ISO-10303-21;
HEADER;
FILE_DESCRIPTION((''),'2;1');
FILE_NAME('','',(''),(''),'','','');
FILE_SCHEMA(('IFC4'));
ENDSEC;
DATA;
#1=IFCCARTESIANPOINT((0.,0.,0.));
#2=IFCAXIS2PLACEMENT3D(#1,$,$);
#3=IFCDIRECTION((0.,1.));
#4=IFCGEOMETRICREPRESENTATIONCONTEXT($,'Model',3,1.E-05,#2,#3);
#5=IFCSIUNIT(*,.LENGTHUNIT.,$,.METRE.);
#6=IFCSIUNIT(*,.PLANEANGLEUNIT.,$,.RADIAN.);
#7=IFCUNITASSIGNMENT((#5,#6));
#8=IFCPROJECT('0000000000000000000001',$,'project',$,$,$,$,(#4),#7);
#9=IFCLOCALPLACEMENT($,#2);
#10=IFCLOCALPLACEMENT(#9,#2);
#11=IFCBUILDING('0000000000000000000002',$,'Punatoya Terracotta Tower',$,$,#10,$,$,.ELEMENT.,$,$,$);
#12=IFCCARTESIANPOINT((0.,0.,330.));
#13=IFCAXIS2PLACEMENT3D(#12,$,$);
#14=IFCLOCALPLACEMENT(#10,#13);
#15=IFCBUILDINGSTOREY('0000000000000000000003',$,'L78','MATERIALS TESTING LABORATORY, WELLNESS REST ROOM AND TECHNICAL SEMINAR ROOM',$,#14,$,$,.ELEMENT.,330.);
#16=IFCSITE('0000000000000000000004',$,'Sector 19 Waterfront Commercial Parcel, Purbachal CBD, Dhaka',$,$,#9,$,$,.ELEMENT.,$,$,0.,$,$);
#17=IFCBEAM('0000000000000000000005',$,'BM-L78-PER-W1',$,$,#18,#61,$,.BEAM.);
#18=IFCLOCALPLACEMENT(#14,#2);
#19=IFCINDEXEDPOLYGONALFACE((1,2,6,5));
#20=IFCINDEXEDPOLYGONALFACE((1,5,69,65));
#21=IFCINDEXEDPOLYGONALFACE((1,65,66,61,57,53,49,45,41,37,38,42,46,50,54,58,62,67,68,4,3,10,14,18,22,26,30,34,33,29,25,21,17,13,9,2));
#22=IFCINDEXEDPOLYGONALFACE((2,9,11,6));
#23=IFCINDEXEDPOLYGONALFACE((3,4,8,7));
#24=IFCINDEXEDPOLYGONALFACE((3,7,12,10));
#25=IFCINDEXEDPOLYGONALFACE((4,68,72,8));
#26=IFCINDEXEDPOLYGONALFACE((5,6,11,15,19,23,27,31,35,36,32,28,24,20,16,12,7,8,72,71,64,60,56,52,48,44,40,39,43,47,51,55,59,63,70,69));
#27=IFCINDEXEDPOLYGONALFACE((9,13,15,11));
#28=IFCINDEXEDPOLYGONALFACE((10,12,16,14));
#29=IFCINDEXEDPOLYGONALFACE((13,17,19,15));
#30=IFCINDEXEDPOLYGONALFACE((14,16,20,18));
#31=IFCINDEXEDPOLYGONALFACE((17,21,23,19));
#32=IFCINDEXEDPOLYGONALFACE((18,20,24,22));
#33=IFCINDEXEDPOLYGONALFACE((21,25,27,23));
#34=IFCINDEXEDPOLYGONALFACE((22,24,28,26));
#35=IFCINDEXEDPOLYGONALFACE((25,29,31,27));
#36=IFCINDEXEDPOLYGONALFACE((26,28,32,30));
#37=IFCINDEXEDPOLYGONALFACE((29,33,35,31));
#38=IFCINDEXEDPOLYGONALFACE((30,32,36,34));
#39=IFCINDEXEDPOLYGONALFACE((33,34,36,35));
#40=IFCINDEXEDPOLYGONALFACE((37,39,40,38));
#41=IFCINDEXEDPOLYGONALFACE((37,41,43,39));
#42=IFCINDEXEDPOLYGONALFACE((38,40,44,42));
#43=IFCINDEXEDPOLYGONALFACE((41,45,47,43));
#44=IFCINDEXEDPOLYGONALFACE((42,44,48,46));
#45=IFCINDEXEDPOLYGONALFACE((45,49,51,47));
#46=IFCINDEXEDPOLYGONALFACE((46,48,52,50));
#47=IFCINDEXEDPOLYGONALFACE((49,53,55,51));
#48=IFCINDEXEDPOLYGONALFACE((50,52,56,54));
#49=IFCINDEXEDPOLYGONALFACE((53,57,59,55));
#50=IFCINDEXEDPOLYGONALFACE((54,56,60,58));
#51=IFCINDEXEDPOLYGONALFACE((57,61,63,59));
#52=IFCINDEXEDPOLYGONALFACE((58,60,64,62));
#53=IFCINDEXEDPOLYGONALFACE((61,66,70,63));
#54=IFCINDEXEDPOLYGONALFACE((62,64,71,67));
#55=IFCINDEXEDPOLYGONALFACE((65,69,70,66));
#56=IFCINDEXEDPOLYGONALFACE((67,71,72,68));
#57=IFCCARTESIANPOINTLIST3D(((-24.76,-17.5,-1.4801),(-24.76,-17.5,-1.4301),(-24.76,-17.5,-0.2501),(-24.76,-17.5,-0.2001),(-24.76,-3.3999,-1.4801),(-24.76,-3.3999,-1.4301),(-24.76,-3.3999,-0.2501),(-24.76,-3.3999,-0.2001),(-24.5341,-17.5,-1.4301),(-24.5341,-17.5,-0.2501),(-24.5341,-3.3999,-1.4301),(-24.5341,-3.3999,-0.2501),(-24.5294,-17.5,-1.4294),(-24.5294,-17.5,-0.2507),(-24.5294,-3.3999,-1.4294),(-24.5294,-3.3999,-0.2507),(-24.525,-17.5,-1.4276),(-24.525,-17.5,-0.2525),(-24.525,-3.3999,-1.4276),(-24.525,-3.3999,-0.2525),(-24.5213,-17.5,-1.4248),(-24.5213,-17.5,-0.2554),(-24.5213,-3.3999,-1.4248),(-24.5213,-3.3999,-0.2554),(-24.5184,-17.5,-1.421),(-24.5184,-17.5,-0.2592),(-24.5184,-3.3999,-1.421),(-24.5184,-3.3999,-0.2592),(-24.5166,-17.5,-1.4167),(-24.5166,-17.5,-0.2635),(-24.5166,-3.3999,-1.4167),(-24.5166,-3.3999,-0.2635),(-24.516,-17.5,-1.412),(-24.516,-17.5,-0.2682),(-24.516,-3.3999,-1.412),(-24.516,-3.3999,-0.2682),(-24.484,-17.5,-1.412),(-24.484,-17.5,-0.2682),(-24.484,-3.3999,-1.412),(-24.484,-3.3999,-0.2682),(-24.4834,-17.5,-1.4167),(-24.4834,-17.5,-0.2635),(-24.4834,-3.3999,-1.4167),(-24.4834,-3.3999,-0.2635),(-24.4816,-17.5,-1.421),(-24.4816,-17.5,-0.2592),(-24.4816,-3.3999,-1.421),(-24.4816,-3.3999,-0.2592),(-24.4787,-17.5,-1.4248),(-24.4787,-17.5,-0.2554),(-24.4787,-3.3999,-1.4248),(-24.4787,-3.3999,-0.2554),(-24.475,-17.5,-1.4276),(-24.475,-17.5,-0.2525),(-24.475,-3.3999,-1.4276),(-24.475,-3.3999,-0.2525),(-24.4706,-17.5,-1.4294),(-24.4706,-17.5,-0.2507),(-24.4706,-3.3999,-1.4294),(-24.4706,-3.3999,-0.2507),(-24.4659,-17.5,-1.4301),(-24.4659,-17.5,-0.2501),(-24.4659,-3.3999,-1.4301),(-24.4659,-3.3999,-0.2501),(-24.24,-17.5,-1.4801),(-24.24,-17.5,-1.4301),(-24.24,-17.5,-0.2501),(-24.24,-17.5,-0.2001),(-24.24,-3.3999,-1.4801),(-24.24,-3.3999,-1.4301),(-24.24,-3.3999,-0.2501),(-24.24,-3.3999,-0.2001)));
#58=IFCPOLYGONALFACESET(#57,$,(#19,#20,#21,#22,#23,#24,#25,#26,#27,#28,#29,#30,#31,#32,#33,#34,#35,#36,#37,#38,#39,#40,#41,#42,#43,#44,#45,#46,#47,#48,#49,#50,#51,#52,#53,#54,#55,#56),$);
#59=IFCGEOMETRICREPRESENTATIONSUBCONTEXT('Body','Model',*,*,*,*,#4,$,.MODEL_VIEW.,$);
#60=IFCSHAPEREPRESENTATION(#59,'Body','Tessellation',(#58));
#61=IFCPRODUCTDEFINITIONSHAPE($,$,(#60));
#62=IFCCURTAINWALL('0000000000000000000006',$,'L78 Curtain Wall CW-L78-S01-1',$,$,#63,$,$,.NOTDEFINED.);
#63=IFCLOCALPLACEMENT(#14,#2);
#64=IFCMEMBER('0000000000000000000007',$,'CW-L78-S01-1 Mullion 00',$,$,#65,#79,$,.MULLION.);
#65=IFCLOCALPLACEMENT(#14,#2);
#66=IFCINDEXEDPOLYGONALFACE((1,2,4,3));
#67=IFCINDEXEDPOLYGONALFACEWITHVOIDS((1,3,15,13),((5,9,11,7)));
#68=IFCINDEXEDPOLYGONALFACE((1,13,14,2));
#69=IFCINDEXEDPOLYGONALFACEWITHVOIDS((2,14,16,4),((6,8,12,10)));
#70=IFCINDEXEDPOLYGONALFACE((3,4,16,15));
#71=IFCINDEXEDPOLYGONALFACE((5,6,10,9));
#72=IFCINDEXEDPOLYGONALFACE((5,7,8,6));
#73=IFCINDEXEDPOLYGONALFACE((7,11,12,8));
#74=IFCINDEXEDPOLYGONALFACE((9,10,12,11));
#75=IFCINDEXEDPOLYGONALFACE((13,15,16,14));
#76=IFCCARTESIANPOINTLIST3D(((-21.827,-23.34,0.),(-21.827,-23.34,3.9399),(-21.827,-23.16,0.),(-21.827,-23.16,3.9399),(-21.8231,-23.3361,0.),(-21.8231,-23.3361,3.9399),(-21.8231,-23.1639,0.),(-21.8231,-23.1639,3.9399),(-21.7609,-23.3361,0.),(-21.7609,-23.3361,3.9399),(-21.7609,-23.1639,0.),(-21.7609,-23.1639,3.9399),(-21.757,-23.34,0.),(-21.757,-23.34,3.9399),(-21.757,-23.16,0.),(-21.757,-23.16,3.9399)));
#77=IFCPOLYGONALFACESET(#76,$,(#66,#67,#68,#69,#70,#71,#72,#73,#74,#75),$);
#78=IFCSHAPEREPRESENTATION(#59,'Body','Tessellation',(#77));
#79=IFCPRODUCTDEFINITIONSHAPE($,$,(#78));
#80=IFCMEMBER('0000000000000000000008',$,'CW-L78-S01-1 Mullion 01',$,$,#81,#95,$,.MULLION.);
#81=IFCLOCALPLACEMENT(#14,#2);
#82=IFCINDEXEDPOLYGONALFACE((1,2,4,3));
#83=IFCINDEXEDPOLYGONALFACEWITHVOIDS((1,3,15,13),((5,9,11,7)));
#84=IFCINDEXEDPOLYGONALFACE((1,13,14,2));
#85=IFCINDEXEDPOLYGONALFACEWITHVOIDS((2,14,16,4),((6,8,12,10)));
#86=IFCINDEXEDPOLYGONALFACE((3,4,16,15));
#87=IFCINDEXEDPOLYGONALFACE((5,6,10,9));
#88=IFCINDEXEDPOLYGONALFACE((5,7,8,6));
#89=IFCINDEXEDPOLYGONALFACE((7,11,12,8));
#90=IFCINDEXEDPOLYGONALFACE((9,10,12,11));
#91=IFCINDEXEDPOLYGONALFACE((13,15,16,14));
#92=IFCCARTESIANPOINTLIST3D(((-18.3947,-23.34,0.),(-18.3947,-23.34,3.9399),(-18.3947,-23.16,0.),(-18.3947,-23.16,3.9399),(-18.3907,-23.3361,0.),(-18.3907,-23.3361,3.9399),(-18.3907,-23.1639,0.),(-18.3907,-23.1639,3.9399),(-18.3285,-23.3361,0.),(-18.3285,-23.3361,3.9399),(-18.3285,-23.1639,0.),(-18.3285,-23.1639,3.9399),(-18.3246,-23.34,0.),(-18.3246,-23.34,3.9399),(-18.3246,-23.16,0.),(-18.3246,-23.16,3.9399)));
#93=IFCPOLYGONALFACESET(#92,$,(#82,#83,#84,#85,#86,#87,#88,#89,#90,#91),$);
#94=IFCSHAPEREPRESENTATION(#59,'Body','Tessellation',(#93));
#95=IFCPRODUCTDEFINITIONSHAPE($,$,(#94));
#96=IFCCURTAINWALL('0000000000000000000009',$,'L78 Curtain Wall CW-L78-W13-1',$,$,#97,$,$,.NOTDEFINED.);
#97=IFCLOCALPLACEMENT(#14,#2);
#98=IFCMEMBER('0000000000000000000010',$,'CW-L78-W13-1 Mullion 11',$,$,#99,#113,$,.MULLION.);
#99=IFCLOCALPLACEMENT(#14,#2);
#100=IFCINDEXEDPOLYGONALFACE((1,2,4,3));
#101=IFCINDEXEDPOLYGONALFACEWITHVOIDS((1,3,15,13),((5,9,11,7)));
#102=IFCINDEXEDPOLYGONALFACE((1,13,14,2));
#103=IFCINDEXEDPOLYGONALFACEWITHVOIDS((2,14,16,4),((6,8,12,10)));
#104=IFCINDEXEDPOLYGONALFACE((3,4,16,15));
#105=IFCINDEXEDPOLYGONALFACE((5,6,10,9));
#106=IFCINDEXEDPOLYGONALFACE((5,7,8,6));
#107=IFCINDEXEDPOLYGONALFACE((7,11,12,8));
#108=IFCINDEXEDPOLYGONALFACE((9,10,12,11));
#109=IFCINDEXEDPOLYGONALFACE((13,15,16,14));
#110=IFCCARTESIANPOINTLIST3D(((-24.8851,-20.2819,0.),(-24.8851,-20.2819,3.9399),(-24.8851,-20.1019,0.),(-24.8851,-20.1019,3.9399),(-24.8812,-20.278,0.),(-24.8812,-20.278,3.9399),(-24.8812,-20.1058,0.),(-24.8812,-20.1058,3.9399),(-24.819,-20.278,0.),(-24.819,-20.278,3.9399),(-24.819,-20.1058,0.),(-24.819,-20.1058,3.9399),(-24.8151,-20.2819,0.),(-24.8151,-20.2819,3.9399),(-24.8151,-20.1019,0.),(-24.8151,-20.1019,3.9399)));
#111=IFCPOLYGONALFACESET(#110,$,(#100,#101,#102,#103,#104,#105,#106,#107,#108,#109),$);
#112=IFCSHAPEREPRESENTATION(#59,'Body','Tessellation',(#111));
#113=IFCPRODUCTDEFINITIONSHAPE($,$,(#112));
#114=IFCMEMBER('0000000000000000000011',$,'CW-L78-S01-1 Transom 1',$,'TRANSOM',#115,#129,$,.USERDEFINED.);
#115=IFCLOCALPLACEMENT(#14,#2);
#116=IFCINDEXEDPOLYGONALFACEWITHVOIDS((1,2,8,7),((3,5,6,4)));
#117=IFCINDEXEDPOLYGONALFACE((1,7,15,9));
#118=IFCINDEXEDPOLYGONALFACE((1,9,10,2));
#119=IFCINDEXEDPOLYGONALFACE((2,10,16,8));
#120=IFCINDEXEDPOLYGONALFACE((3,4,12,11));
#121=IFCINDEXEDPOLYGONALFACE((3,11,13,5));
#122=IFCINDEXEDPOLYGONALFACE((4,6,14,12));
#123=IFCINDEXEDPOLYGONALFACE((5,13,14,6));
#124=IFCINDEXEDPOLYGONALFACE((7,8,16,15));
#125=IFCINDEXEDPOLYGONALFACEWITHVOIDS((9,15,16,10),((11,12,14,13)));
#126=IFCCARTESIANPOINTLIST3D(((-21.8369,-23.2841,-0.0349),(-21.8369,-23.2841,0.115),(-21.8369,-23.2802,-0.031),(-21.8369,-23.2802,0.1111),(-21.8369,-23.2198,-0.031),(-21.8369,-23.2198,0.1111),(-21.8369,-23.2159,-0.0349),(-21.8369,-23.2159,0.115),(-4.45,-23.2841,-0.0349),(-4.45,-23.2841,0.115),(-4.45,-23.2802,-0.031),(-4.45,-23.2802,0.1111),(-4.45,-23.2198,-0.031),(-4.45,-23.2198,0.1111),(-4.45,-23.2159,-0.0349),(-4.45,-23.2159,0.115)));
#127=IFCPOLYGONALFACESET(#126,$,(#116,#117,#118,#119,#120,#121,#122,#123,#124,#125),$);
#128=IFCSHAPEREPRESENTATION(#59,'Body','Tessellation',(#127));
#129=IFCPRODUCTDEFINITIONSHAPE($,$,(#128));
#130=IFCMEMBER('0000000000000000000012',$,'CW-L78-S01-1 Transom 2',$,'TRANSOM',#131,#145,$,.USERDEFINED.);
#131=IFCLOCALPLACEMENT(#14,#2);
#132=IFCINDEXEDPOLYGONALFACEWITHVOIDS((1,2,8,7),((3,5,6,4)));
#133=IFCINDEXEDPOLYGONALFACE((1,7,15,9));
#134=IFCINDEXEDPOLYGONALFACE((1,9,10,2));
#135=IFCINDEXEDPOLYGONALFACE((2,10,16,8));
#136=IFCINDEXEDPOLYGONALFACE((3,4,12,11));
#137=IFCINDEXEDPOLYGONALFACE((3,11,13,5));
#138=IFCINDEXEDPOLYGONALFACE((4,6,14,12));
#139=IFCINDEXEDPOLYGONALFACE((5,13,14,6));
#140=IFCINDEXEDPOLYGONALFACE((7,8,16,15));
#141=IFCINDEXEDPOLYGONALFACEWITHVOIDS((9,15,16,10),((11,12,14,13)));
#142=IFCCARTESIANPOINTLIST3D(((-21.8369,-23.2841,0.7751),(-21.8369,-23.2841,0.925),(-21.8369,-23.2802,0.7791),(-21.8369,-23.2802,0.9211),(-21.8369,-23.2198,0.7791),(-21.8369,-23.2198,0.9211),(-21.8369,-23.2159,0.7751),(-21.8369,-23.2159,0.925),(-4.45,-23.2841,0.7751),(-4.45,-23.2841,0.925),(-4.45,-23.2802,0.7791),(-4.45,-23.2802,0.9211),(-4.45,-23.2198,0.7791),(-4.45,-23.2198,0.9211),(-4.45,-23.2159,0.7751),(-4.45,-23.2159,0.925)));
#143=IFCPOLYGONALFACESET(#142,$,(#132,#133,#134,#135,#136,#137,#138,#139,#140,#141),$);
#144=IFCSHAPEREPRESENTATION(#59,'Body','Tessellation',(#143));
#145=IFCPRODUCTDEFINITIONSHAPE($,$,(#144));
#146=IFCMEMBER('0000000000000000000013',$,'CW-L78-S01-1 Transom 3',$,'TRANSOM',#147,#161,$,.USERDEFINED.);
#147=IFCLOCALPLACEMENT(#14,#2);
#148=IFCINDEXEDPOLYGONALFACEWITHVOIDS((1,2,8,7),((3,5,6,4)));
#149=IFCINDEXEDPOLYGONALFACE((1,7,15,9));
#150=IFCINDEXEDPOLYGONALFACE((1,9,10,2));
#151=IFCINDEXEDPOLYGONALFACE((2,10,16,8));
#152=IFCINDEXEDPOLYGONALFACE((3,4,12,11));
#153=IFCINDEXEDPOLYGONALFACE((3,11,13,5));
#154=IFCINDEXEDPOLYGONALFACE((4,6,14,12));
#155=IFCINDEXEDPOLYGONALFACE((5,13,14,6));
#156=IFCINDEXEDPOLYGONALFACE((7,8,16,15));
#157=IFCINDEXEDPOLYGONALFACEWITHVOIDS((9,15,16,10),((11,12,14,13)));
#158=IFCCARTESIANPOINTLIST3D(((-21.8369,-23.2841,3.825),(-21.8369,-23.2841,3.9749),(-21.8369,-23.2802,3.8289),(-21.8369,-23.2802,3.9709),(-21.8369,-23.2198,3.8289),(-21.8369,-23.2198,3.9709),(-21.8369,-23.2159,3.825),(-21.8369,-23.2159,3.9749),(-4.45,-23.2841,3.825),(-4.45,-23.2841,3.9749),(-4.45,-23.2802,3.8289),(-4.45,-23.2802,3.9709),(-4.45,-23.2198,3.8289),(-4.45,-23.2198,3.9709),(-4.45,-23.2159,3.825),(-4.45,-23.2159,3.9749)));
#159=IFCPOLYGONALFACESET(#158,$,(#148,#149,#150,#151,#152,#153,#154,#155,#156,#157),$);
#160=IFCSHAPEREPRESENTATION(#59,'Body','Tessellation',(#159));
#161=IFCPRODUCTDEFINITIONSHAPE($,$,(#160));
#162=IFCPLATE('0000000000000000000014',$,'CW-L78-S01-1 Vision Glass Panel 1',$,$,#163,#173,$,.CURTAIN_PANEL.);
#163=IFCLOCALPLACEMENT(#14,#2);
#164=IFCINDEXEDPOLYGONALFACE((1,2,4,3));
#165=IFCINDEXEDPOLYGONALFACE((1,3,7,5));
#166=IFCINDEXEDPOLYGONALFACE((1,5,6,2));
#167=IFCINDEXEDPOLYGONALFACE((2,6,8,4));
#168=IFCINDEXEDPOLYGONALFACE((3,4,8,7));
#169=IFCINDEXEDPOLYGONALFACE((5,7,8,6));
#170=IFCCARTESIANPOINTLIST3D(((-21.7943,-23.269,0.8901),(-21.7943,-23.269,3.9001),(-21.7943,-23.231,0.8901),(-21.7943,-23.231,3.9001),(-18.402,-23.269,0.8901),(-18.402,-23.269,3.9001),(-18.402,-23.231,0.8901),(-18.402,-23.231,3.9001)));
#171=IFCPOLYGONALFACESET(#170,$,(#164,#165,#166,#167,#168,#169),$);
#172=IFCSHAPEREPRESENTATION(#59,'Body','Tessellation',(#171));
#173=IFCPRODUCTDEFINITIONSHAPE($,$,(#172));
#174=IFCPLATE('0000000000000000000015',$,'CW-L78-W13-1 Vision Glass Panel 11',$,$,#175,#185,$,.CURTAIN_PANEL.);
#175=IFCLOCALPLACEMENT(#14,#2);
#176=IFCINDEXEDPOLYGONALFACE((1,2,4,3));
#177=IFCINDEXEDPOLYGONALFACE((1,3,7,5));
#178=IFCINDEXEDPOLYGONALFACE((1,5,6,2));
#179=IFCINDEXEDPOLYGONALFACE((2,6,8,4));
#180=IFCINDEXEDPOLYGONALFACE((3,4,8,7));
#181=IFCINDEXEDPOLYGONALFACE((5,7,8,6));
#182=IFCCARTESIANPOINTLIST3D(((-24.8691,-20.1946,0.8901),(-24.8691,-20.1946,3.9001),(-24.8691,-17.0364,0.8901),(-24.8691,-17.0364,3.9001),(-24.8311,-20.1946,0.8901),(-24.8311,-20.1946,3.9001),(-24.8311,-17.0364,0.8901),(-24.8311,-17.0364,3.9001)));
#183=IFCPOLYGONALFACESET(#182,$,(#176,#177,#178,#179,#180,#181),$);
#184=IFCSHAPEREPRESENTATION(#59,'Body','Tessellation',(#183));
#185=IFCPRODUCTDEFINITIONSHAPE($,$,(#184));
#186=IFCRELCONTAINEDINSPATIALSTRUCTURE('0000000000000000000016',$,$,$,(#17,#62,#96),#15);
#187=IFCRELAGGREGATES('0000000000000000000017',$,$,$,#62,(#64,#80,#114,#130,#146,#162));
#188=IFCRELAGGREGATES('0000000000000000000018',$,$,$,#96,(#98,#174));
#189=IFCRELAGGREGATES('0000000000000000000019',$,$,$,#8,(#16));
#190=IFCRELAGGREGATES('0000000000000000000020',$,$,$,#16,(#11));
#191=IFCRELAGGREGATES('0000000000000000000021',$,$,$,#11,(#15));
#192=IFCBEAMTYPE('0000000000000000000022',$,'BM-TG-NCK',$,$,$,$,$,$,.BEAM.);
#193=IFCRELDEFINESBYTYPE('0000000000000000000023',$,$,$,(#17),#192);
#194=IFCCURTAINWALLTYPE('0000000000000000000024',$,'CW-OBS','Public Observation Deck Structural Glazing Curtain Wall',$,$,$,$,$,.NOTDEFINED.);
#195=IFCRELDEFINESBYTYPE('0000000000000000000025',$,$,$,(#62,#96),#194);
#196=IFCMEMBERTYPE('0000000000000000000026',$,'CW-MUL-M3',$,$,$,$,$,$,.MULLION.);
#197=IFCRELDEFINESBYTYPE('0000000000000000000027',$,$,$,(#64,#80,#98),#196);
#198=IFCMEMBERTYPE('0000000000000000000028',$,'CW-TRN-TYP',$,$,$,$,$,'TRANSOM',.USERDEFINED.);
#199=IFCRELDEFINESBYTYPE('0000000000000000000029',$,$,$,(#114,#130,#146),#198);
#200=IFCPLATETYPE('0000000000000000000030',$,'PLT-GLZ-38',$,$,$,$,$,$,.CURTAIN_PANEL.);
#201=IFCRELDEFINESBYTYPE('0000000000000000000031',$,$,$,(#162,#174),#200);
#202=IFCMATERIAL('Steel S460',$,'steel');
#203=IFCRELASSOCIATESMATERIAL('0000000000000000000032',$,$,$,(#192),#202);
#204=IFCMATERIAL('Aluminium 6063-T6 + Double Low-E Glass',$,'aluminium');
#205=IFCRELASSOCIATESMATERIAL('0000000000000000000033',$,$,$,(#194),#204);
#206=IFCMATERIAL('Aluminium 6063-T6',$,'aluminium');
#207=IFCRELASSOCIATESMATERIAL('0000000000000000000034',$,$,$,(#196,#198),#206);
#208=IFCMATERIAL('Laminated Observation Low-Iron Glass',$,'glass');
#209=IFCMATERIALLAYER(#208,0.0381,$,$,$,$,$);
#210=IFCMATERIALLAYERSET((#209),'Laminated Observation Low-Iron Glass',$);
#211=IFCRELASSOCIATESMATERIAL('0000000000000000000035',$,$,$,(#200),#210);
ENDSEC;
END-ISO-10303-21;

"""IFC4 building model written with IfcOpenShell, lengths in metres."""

from ifc_helpers import new_model, si_unit, direction, frame, origin, origin_2d, place, context, subcontext, project, spatial, rectangle, hollow_rectangle, i_section, extrude, material, layer, layer_set, material_profile, profile_set, type_object, element, aggregate, save


model = new_model("IFC4")

# Units and contexts
model_context = context("Model", 3, precision=1e-05, world=origin(), true_north=direction((0.0, 1.0)))
body_context = subcontext(model_context, "Body", "Model", "MODEL_VIEW")
ifc_project = project(units=[si_unit("LENGTHUNIT", "METRE"), si_unit("PLANEANGLEUNIT", "RADIAN")], contexts=[model_context])

# Site, building, storey
site_placement = place(None, origin())
site = spatial("IfcSite", under=ifc_project, at=site_placement, Name="Sector 19 Waterfront Commercial Parcel, Purbachal CBD, Dhaka", CompositionType="ELEMENT", RefElevation=0.0)
building_placement = place(site_placement, origin())
building = spatial("IfcBuilding", under=site, at=building_placement, Name="Punatoya Terracotta Tower", CompositionType="ELEMENT")
storey_placement = place(building_placement, frame((0.0, 0.0, 330.0)))
storey = spatial("IfcBuildingStorey", under=building, at=storey_placement, Name="L78", Description="MATERIALS TESTING LABORATORY, WELLNESS REST ROOM AND TECHNICAL SEMINAR ROOM", CompositionType="ELEMENT", Elevation=330.0)

# Shared definitions
ifc_material_1 = material(Name="Steel S460", Category="steel")

# Beam
ifc_material_profile_1 = material_profile(ifc_material_1, i_section(OverallWidth=0.52, OverallDepth=1.28, WebThickness=0.032, FlangeThickness=0.05, FilletRadius=0.0181, at=origin_2d()))
ifc_profile_set_1 = profile_set([ifc_material_profile_1], Name="Steel S460")
beam_type_1 = type_object("IfcBeamType", Name="BM-TG-NCK", PredefinedType="BEAM", material=ifc_profile_set_1)
beam_1_placement = place(storey_placement, frame((-24.5, -17.5, -0.8401), z_axis=(0.0, 1.0, 0.0), x_axis=(-1.0, 0.0, 0.0)))
element("IfcBeam", 1, at=beam_1_placement, inside=storey, type_object=beam_type_1, Name="BM-L78-PER-W1", PredefinedType="BEAM", context=body_context, shape_type="SweptSolid", body=[
    extrude(i_section(OverallWidth=0.52, OverallDepth=1.28, WebThickness=0.032, FlangeThickness=0.05, FilletRadius=0.0181, at=origin_2d()), origin(), (0.0, 0.0, 1.0), 14.1001),
])

# Curtain wall, members
ifc_material_2 = material(Name="Aluminium 6063-T6 + Double Low-E Glass", Category="aluminium")
curtain_wall_type = type_object("IfcCurtainWallType", Name="CW-OBS", Description="Public Observation Deck Structural Glazing Curtain Wall", PredefinedType="NOTDEFINED", material=ifc_material_2)
curtain_wall_1_placement = place(storey_placement, origin())
curtain_wall_1 = element("IfcCurtainWall", 2, at=curtain_wall_1_placement, inside=storey, type_object=curtain_wall_type, Name="L78 Curtain Wall CW-L78-S01-1", PredefinedType="NOTDEFINED")
ifc_material_3 = material(Name="Aluminium 6063-T6", Category="aluminium")
ifc_material_profile_2 = material_profile(ifc_material_3, hollow_rectangle(XDim=0.0701, YDim=0.1799, WallThickness=0.0039, at=origin_2d()))
ifc_profile_set_2 = profile_set([ifc_material_profile_2], Name="Aluminium 6063-T6")
member_type_1 = type_object("IfcMemberType", Name="CW-MUL-M3", PredefinedType="MULLION", material=ifc_profile_set_2)
member_1_placement = place(storey_placement, frame((-21.792, -23.25, 0.0), z_axis=(0.0, 0.0, 1.0), x_axis=(1.0, 0.0, 0.0)))
member_1 = element("IfcMember", 3, at=member_1_placement, type_object=member_type_1, Name="CW-L78-S01-1 Mullion 00", PredefinedType="MULLION", context=body_context, shape_type="SweptSolid", body=[
    extrude(hollow_rectangle(XDim=0.0701, YDim=0.1799, WallThickness=0.0039, at=origin_2d()), origin(), (0.0, 0.0, 1.0), 3.9399),
])
member_2_placement = place(storey_placement, frame((-18.3596, -23.25, 0.0), z_axis=(0.0, 0.0, 1.0), x_axis=(1.0, 0.0, 0.0)))
member_2 = element("IfcMember", 4, at=member_2_placement, type_object=member_type_1, Name="CW-L78-S01-1 Mullion 01", PredefinedType="MULLION", context=body_context, shape_type="SweptSolid", body=[
    extrude(hollow_rectangle(XDim=0.0701, YDim=0.1799, WallThickness=0.0039, at=origin_2d()), origin(), (0.0, 0.0, 1.0), 3.9399),
])

# Curtain wall, member
curtain_wall_2_placement = place(storey_placement, origin())
curtain_wall_2 = element("IfcCurtainWall", 5, at=curtain_wall_2_placement, inside=storey, type_object=curtain_wall_type, Name="L78 Curtain Wall CW-L78-W13-1", PredefinedType="NOTDEFINED")
member_3_placement = place(storey_placement, frame((-24.8501, -20.1919, 0.0), z_axis=(0.0, 0.0, 1.0), x_axis=(1.0, 0.0, 0.0)))
member_3 = element("IfcMember", 6, at=member_3_placement, type_object=member_type_1, Name="CW-L78-W13-1 Mullion 11", PredefinedType="MULLION", context=body_context, shape_type="SweptSolid", body=[
    extrude(hollow_rectangle(XDim=0.0701, YDim=0.1799, WallThickness=0.0039, at=origin_2d()), origin(), (0.0, 0.0, 1.0), 3.9399),
])

# Members
ifc_material_profile_3 = material_profile(ifc_material_3, hollow_rectangle(XDim=0.0681, YDim=0.1499, WallThickness=0.0039, at=origin_2d()))
ifc_profile_set_3 = profile_set([ifc_material_profile_3], Name="Aluminium 6063-T6")
member_type_2 = type_object("IfcMemberType", Name="CW-TRN-TYP", ElementType="TRANSOM", PredefinedType="USERDEFINED", material=ifc_profile_set_3)
member_4_placement = place(storey_placement, frame((-21.8369, -23.25, 0.04), z_axis=(1.0, 0.0, 0.0), x_axis=(0.0, 1.0, 0.0)))
member_4 = element("IfcMember", 7, at=member_4_placement, type_object=member_type_2, Name="CW-L78-S01-1 Transom 1", ObjectType="TRANSOM", PredefinedType="USERDEFINED", context=body_context, shape_type="SweptSolid", body=[
    extrude(hollow_rectangle(XDim=0.0681, YDim=0.1499, WallThickness=0.0039, at=origin_2d()), origin(), (0.0, 0.0, 1.0), 17.387),
])
member_5_placement = place(storey_placement, frame((-21.8369, -23.25, 0.8501), z_axis=(1.0, 0.0, 0.0), x_axis=(0.0, 1.0, 0.0)))
member_5 = element("IfcMember", 8, at=member_5_placement, type_object=member_type_2, Name="CW-L78-S01-1 Transom 2", ObjectType="TRANSOM", PredefinedType="USERDEFINED", context=body_context, shape_type="SweptSolid", body=[
    extrude(hollow_rectangle(XDim=0.0681, YDim=0.1499, WallThickness=0.0039, at=origin_2d()), origin(), (0.0, 0.0, 1.0), 17.387),
])
member_6_placement = place(storey_placement, frame((-21.8369, -23.25, 3.8999), z_axis=(1.0, 0.0, 0.0), x_axis=(0.0, 1.0, 0.0)))
member_6 = element("IfcMember", 9, at=member_6_placement, type_object=member_type_2, Name="CW-L78-S01-1 Transom 3", ObjectType="TRANSOM", PredefinedType="USERDEFINED", context=body_context, shape_type="SweptSolid", body=[
    extrude(hollow_rectangle(XDim=0.0681, YDim=0.1499, WallThickness=0.0039, at=origin_2d()), origin(), (0.0, 0.0, 1.0), 17.387),
])

# Plates
ifc_material_4 = material(Name="Laminated Observation Low-Iron Glass", Category="glass")
ifc_layer_1 = layer(ifc_material_4, 0.0381)
ifc_layer_set_1 = layer_set([ifc_layer_1], Name="Laminated Observation Low-Iron Glass")
plate_type_1 = type_object("IfcPlateType", Name="PLT-GLZ-38", PredefinedType="CURTAIN_PANEL", material=ifc_layer_set_1)
plate_1_placement = place(storey_placement, frame((-20.0981, -23.25, 0.8901), z_axis=(0.0, 0.0, 1.0), x_axis=(1.0, 0.0, 0.0)))
plate_1 = element("IfcPlate", 10, at=plate_1_placement, type_object=plate_type_1, Name="CW-L78-S01-1 Vision Glass Panel 1", PredefinedType="CURTAIN_PANEL", context=body_context, shape_type="SweptSolid", body=[
    extrude(rectangle(XDim=3.3923, YDim=0.0381, at=origin_2d()), origin(), (0.0, 0.0, 1.0), 3.01),
])
plate_2_placement = place(storey_placement, frame((-24.8501, -18.6155, 0.8901), z_axis=(0.0, 0.0, 1.0), x_axis=(0.0, -1.0, 0.0)))
plate_2 = element("IfcPlate", 11, at=plate_2_placement, type_object=plate_type_1, Name="CW-L78-W13-1 Vision Glass Panel 11", PredefinedType="CURTAIN_PANEL", context=body_context, shape_type="SweptSolid", body=[
    extrude(rectangle(XDim=3.1582, YDim=0.0381, at=origin_2d()), origin(), (0.0, 0.0, 1.0), 3.01),
])
aggregate(curtain_wall_1, [member_1, member_2, member_4, member_5, member_6, plate_1])
aggregate(curtain_wall_2, [member_3, plate_2])

save(model, "model.ifc")
